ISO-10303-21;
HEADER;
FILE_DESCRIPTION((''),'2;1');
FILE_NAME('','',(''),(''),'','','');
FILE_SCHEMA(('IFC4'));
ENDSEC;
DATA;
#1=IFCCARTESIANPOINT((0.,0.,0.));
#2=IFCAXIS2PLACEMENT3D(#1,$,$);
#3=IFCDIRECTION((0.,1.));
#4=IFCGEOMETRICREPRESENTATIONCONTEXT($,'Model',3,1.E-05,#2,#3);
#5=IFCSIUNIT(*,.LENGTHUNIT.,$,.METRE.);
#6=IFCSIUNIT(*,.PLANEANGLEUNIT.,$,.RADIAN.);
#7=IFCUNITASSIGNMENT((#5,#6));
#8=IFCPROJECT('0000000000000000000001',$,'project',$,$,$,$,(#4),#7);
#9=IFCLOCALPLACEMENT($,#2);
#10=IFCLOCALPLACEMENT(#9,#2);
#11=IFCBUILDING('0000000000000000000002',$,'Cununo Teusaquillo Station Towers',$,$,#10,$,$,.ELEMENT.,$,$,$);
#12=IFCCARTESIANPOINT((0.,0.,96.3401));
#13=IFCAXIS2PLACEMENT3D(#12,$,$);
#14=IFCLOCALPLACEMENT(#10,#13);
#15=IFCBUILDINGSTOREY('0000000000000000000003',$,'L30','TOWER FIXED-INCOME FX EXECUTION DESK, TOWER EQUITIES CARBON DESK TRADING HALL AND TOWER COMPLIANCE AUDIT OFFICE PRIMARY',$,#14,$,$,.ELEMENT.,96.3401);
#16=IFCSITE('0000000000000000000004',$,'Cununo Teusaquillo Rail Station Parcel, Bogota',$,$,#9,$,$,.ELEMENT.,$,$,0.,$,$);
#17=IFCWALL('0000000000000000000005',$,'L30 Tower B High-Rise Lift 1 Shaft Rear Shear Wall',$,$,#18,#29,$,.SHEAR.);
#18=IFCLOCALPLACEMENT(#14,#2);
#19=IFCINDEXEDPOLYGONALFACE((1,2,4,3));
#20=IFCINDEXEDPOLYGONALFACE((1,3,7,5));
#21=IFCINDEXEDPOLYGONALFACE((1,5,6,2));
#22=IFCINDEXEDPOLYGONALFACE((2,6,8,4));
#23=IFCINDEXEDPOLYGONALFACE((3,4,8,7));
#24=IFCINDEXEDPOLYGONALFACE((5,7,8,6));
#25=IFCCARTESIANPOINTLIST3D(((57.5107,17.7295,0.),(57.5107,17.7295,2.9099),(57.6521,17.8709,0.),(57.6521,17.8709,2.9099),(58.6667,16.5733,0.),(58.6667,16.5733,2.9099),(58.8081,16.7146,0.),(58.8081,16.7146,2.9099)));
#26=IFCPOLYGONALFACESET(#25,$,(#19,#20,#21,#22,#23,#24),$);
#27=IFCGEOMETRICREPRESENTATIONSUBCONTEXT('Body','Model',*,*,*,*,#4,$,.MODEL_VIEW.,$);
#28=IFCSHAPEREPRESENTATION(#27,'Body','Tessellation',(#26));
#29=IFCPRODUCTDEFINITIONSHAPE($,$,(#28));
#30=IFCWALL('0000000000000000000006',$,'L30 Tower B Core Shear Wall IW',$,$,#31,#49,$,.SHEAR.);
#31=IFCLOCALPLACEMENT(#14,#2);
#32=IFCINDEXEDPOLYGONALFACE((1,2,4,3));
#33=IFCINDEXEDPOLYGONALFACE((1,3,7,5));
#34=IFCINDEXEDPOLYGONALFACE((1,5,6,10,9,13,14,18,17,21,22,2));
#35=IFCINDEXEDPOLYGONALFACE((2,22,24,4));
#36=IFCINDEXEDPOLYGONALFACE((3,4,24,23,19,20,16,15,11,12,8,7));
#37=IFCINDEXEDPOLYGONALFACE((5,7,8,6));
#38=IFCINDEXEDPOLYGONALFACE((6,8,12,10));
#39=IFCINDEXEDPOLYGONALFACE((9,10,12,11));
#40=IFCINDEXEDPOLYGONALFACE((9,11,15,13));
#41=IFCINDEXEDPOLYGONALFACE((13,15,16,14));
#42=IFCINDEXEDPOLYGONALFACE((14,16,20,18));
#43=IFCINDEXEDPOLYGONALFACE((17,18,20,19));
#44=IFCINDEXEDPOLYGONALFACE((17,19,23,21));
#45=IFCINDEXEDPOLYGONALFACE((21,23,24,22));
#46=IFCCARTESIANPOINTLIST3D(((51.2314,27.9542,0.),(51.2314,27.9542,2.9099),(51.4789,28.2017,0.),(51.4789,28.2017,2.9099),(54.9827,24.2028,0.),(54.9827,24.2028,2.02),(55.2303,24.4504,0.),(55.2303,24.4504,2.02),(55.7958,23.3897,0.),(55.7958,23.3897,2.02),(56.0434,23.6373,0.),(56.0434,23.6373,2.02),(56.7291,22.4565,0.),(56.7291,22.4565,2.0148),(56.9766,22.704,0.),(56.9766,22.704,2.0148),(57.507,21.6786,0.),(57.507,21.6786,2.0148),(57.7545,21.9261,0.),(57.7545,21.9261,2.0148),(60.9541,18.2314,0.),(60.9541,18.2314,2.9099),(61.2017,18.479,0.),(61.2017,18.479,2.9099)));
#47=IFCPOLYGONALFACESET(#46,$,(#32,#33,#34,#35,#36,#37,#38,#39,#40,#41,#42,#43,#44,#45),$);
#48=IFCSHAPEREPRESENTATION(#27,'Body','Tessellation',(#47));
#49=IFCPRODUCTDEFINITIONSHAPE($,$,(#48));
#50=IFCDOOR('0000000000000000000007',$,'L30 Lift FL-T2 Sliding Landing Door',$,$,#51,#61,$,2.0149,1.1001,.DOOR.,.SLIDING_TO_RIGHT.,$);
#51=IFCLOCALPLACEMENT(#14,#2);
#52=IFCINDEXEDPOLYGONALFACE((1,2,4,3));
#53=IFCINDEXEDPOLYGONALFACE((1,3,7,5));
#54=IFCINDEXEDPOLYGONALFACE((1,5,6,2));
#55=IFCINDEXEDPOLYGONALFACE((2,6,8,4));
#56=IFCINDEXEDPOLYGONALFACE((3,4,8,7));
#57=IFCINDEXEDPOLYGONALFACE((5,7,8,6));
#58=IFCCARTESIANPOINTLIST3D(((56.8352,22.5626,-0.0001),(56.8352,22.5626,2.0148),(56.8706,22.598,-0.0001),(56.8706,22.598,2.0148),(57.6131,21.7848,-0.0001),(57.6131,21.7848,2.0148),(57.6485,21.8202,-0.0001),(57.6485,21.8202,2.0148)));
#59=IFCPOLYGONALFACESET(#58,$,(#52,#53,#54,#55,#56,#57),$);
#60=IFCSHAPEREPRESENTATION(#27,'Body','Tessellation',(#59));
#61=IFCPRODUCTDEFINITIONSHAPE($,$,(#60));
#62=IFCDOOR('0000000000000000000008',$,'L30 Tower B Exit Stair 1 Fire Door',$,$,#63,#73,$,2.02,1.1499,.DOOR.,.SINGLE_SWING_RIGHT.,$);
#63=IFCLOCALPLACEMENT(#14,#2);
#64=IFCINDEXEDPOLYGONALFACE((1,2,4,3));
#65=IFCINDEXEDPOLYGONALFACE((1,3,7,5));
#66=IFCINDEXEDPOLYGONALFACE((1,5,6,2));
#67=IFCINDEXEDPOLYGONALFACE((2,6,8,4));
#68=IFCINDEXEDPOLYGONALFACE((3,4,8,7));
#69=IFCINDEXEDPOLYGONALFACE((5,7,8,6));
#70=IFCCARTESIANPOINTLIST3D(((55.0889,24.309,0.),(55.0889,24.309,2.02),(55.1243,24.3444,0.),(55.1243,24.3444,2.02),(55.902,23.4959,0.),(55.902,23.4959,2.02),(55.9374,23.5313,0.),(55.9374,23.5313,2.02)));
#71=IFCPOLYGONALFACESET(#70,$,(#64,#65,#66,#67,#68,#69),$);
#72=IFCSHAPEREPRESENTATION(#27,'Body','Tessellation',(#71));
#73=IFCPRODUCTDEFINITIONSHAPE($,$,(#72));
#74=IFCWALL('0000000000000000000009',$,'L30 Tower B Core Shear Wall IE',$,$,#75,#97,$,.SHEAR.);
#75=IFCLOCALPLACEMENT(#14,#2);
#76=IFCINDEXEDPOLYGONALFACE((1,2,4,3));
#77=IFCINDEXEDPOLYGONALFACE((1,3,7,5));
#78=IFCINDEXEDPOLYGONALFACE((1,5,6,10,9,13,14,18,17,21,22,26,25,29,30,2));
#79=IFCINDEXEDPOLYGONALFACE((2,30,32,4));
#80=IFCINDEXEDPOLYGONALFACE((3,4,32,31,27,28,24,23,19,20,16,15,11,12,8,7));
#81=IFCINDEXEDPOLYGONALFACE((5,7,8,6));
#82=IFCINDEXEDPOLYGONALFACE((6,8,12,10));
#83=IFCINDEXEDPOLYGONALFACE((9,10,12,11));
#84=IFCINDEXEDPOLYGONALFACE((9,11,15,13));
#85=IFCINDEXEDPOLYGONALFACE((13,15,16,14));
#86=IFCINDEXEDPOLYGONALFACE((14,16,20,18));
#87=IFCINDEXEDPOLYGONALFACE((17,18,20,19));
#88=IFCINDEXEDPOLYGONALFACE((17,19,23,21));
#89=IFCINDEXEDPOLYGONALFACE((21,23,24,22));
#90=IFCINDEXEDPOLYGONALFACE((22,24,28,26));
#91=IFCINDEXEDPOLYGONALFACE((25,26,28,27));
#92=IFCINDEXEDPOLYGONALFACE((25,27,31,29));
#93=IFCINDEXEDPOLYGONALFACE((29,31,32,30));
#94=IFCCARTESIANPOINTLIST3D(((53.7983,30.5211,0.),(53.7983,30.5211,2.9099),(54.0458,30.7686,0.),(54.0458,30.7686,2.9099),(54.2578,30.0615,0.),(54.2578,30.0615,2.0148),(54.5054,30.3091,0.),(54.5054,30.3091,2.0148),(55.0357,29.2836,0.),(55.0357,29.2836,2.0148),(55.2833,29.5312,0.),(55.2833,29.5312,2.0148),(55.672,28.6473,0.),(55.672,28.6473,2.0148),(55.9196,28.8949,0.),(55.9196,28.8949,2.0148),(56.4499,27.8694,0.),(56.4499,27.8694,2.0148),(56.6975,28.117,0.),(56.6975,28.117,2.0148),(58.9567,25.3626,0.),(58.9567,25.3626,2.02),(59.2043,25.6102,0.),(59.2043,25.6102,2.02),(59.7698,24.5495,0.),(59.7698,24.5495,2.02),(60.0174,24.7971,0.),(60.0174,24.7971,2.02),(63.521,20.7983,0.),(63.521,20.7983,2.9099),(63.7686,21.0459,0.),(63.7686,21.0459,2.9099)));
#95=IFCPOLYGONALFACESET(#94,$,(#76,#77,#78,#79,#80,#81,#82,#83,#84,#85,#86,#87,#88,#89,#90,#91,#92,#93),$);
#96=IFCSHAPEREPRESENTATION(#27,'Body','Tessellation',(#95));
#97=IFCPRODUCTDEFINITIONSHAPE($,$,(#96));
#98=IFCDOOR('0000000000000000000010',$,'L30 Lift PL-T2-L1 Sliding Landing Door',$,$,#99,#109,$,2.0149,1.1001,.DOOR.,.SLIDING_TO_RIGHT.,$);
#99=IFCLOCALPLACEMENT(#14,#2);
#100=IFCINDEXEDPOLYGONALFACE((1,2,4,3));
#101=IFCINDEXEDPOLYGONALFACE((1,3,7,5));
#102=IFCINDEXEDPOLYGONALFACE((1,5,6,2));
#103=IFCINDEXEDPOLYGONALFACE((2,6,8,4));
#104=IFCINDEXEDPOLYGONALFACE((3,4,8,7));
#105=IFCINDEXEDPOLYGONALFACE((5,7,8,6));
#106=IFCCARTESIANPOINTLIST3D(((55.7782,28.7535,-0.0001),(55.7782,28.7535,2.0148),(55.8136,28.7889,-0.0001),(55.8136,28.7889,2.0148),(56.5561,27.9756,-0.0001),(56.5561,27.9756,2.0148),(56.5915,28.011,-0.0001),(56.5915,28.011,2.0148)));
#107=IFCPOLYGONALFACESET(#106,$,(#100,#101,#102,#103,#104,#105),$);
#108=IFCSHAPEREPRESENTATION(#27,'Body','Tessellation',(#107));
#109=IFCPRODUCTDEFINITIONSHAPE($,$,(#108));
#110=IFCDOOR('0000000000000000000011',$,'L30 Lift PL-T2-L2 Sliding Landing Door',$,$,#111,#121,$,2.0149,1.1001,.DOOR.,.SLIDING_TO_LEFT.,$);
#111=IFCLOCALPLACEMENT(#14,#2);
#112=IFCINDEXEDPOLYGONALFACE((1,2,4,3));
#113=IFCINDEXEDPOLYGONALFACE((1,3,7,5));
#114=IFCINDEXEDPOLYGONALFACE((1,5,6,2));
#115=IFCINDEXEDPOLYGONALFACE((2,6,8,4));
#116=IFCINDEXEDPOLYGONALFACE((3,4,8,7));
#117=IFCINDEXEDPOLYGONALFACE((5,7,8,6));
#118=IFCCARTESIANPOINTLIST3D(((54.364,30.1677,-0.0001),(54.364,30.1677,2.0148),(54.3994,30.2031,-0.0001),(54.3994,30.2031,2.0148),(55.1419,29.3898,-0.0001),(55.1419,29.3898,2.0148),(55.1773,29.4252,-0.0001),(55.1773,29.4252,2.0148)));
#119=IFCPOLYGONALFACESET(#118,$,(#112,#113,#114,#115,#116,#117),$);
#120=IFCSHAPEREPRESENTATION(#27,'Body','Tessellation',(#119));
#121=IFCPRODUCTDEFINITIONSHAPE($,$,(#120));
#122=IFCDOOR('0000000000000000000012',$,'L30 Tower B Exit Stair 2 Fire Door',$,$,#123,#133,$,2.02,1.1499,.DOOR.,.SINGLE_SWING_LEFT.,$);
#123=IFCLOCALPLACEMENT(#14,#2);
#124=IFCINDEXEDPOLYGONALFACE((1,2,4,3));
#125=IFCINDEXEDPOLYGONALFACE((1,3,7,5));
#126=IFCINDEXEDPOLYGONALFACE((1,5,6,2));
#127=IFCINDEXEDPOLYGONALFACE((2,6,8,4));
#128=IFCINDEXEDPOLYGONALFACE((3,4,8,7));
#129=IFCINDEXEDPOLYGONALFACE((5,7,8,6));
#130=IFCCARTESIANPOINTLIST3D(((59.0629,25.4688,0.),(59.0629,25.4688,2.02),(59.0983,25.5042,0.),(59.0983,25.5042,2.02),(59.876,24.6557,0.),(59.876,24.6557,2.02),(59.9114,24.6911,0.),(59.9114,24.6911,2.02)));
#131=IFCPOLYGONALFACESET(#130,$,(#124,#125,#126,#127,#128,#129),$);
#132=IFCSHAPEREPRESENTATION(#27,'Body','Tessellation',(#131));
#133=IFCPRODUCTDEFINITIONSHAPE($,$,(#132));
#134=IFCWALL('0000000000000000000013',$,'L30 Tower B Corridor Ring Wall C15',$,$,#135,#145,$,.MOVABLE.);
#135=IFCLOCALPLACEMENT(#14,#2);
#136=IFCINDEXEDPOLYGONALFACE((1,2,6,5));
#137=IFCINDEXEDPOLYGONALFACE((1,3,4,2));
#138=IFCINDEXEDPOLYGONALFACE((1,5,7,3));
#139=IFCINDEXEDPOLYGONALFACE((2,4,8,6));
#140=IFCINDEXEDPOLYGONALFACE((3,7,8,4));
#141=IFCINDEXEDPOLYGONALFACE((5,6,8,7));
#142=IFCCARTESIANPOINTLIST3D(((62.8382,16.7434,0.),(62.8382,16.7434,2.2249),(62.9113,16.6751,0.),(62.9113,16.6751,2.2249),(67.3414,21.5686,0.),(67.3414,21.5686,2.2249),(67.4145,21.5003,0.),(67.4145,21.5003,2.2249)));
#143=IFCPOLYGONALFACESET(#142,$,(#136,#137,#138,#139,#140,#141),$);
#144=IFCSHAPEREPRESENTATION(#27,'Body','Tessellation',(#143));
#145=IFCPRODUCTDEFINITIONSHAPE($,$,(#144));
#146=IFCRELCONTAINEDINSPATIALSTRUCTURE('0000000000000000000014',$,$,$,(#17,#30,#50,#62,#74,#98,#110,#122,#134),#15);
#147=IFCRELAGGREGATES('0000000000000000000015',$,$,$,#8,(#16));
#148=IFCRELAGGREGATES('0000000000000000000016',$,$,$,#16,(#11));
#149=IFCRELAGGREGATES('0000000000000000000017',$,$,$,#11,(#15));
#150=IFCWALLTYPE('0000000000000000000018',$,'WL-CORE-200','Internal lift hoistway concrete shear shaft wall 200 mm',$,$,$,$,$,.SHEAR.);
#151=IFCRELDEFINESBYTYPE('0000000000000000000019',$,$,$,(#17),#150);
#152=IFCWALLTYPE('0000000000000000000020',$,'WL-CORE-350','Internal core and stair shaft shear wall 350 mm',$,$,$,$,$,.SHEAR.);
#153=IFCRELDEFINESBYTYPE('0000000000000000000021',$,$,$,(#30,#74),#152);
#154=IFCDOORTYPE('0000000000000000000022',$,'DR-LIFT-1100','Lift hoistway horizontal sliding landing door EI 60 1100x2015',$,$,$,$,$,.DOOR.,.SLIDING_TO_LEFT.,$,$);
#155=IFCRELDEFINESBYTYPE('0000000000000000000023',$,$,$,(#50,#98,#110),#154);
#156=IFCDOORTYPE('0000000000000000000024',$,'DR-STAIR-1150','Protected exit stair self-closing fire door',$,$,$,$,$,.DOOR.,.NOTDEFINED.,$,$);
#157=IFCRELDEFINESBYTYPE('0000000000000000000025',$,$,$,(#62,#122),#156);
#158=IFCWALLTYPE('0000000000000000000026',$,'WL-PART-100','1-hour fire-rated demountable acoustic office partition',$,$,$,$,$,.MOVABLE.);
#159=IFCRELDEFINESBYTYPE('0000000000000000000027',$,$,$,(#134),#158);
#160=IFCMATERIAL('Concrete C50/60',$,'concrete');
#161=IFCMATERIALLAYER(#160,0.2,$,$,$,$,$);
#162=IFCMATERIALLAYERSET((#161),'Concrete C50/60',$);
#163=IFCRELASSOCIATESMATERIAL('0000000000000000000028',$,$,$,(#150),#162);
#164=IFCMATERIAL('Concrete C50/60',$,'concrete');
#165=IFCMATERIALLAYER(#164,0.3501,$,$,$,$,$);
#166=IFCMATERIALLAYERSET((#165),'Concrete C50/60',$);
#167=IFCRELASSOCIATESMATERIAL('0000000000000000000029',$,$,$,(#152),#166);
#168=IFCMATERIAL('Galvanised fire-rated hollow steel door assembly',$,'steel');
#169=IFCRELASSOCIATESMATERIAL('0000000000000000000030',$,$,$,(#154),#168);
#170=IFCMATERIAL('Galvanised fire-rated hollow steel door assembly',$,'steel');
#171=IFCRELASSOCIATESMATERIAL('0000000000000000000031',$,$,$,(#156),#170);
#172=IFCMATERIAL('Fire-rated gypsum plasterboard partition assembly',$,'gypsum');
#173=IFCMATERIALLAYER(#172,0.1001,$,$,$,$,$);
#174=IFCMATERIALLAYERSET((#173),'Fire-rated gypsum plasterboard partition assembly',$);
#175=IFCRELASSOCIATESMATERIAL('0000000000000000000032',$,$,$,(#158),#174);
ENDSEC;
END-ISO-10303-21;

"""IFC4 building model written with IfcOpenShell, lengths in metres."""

from ifc_helpers import new_model, si_unit, direction, frame, frame_2d, origin, place, context, subcontext, project, spatial, rectangle, extrude, source, transform, mapped, material, layer, layer_set, type_object, element, fill, save


model = new_model("IFC4")

# Units and contexts
model_context = context("Model", 3, precision=1e-05, world=origin(), true_north=direction((0.0, 1.0)))
body_context = subcontext(model_context, "Body", "Model", "MODEL_VIEW")
ifc_project = project(units=[si_unit("LENGTHUNIT", "METRE"), si_unit("PLANEANGLEUNIT", "RADIAN")], contexts=[model_context])

# Site, building, storey
site_placement = place(None, origin())
site = spatial("IfcSite", under=ifc_project, at=site_placement, Name="Cununo Teusaquillo Rail Station Parcel, Bogota", CompositionType="ELEMENT", RefElevation=0.0)
building_placement = place(site_placement, origin())
building = spatial("IfcBuilding", under=site, at=building_placement, Name="Cununo Teusaquillo Station Towers", CompositionType="ELEMENT")
storey_placement = place(building_placement, frame((0.0, 0.0, 96.3401)))
storey = spatial("IfcBuildingStorey", under=building, at=storey_placement, Name="L30", Description="TOWER FIXED-INCOME FX EXECUTION DESK, TOWER EQUITIES CARBON DESK TRADING HALL AND TOWER COMPLIANCE AUDIT OFFICE PRIMARY", CompositionType="ELEMENT", Elevation=96.3401)

# Wall
ifc_material_1 = material(Name="Concrete C50/60", Category="concrete")
ifc_layer_1 = layer(ifc_material_1, 0.2)
ifc_layer_set_1 = layer_set([ifc_layer_1], Name="Concrete C50/60")
wall_type_1 = type_object("IfcWallType", Name="WL-CORE-200", Description="Internal lift hoistway concrete shear shaft wall 200 mm", PredefinedType="SHEAR", material=ifc_layer_set_1)
wall_1_placement = place(storey_placement, frame((58.7373, 16.644, 0.0), z_axis=(0.0, 0.0, 1.0), x_axis=(-0.707032, 0.707181, 0.0)))
element("IfcWall", 1, at=wall_1_placement, inside=storey, type_object=wall_type_1, Name="L30 Tower B High-Rise Lift 1 Shaft Rear Shear Wall", PredefinedType="SHEAR", context=body_context, shape_type="SweptSolid", body=[
    extrude(rectangle(XDim=1.635, YDim=0.2, at=frame_2d((0.8174, 0.0))), origin(), (0.0, 0.0, 1.0), 2.9099),
])

# Walls, openings, doors
ifc_material_2 = material(Name="Concrete C50/60", Category="concrete")
ifc_layer_2 = layer(ifc_material_2, 0.3501)
ifc_layer_set_2 = layer_set([ifc_layer_2], Name="Concrete C50/60")
wall_type_2 = type_object("IfcWallType", Name="WL-CORE-350", Description="Internal core and stair shaft shear wall 350 mm", PredefinedType="SHEAR", material=ifc_layer_set_2)
wall_2_placement = place(storey_placement, frame((61.0779, 18.3552, 0.0), z_axis=(0.0, 0.0, 1.0), x_axis=(-0.707107, 0.707107, 0.0)))
wall_2 = element("IfcWall", 2, at=wall_2_placement, inside=storey, type_object=wall_type_2, Name="L30 Tower B Core Shear Wall IW", PredefinedType="SHEAR", context=body_context, shape_type="SweptSolid", body=[
    extrude(rectangle(XDim=13.75, YDim=0.3501, at=frame_2d((6.875, 0.0))), origin(), (0.0, 0.0, 1.0), 2.9099),
])
shared_shape_1 = source(origin(), body_context, "Body", "SweptSolid", [
    extrude(rectangle(XDim=1.1001, YDim=2.0149, at=frame_2d((0.55, 1.0073))), frame((0.0, 0.1851, 0.0), z_axis=(0.0, -1.0, 0.0), x_axis=(1.0, 0.0, 0.0)), (0.0, 0.0, 1.0), 0.3701),
])
opening_1_placement = place(wall_2_placement, frame((4.875, 0.0, 0.0)))
opening_1 = element("IfcOpeningElement", 3, at=opening_1_placement, cuts=wall_2, PredefinedType="OPENING", context=body_context, shape_type="MappedRepresentation", body=[
    mapped(shared_shape_1, transform((0.0, 0.0, 0.0), x_axis=(1.0, 0.0, 0.0), y_axis=(0.0, 1.0, 0.0), z_axis=(0.0, 0.0, 1.0), scale=1.0)),
])
shared_shape_2 = source(origin(), body_context, "Body", "SweptSolid", [
    extrude(rectangle(XDim=1.1499, YDim=2.02, at=frame_2d((0.575, 1.01))), frame((0.0, 0.1851, 0.0), z_axis=(0.0, -1.0, 0.0), x_axis=(1.0, 0.0, 0.0)), (0.0, 0.0, 1.0), 0.3701),
])
opening_2_placement = place(wall_2_placement, frame((7.2949, 0.0, 0.0)))
opening_2 = element("IfcOpeningElement", 4, at=opening_2_placement, cuts=wall_2, PredefinedType="OPENING", context=body_context, shape_type="MappedRepresentation", body=[
    mapped(shared_shape_2, transform((0.0, 0.0, 0.0), x_axis=(1.0, 0.0, 0.0), y_axis=(0.0, 1.0, 0.0), z_axis=(0.0, 0.0, 1.0), scale=1.0)),
])
ifc_material_3 = material(Name="Galvanised fire-rated hollow steel door assembly", Category="steel")
door_type_1 = type_object("IfcDoorType", Name="DR-LIFT-1100", Description="Lift hoistway horizontal sliding landing door EI 60 1100x2015", OperationType="SLIDING_TO_LEFT", PredefinedType="DOOR", material=ifc_material_3)
shared_shape_3 = source(origin(), body_context, "Body", "SweptSolid", [
    extrude(rectangle(XDim=1.1001, YDim=2.0149, at=frame_2d((0.55, 1.0073))), frame((0.0, 0.0249, 0.0), z_axis=(0.0, -1.0, 0.0), x_axis=(1.0, 0.0, 0.0)), (0.0, 0.0, 1.0), 0.05),
])
door_1_placement = place(opening_1_placement, origin())
door_1 = element("IfcDoor", 5, at=door_1_placement, inside=storey, type_object=door_type_1, Name="L30 Lift FL-T2 Sliding Landing Door", OperationType="SLIDING_TO_RIGHT", OverallHeight=2.0149, OverallWidth=1.1001, PredefinedType="DOOR", context=body_context, shape_type="MappedRepresentation", body=[
    mapped(shared_shape_3, transform((0.0, 0.0, 0.0), x_axis=(1.0, 0.0, 0.0), y_axis=(0.0, 1.0, 0.0), z_axis=(0.0, 0.0, 1.0), scale=1.0)),
])
fill(opening_1, door_1)
ifc_material_4 = material(Name="Galvanised fire-rated hollow steel door assembly", Category="steel")
door_type_2 = type_object("IfcDoorType", Name="DR-STAIR-1150", Description="Protected exit stair self-closing fire door", OperationType="NOTDEFINED", PredefinedType="DOOR", material=ifc_material_4)
shared_shape_4 = source(origin(), body_context, "Body", "SweptSolid", [
    extrude(rectangle(XDim=1.1499, YDim=2.02, at=frame_2d((0.575, 1.01))), frame((0.0, 0.0249, 0.0), z_axis=(0.0, -1.0, 0.0), x_axis=(1.0, 0.0, 0.0)), (0.0, 0.0, 1.0), 0.05),
])
door_2_placement = place(opening_2_placement, origin())
door_2 = element("IfcDoor", 6, at=door_2_placement, inside=storey, type_object=door_type_2, Name="L30 Tower B Exit Stair 1 Fire Door", OperationType="SINGLE_SWING_RIGHT", OverallHeight=2.02, OverallWidth=1.1499, PredefinedType="DOOR", context=body_context, shape_type="MappedRepresentation", body=[
    mapped(shared_shape_4, transform((0.0, 0.0, 0.0), x_axis=(1.0, 0.0, 0.0), y_axis=(0.0, 1.0, 0.0), z_axis=(0.0, 0.0, 1.0), scale=1.0)),
])
fill(opening_2, door_2)
wall_3_placement = place(storey_placement, frame((63.6448, 20.9221, 0.0), z_axis=(0.0, 0.0, 1.0), x_axis=(-0.707107, 0.707107, 0.0)))
wall_3 = element("IfcWall", 7, at=wall_3_placement, inside=storey, type_object=wall_type_2, Name="L30 Tower B Core Shear Wall IE", PredefinedType="SHEAR", context=body_context, shape_type="SweptSolid", body=[
    extrude(rectangle(XDim=13.75, YDim=0.3501, at=frame_2d((6.875, 0.0))), origin(), (0.0, 0.0, 1.0), 2.9099),
])
opening_3_placement = place(wall_3_placement, frame((10.0, 0.0, 0.0)))
opening_3 = element("IfcOpeningElement", 8, at=opening_3_placement, cuts=wall_3, PredefinedType="OPENING", context=body_context, shape_type="MappedRepresentation", body=[
    mapped(shared_shape_1, transform((0.0, 0.0, 0.0), x_axis=(1.0, 0.0, 0.0), y_axis=(0.0, 1.0, 0.0), z_axis=(0.0, 0.0, 1.0), scale=1.0)),
])
opening_4_placement = place(wall_3_placement, frame((12.0, 0.0, 0.0)))
opening_4 = element("IfcOpeningElement", 9, at=opening_4_placement, cuts=wall_3, PredefinedType="OPENING", context=body_context, shape_type="MappedRepresentation", body=[
    mapped(shared_shape_1, transform((0.0, 0.0, 0.0), x_axis=(1.0, 0.0, 0.0), y_axis=(0.0, 1.0, 0.0), z_axis=(0.0, 0.0, 1.0), scale=1.0)),
])
opening_5_placement = place(wall_3_placement, frame((5.3049, 0.0, 0.0)))
opening_5 = element("IfcOpeningElement", 10, at=opening_5_placement, cuts=wall_3, PredefinedType="OPENING", context=body_context, shape_type="MappedRepresentation", body=[
    mapped(shared_shape_2, transform((0.0, 0.0, 0.0), x_axis=(1.0, 0.0, 0.0), y_axis=(0.0, 1.0, 0.0), z_axis=(0.0, 0.0, 1.0), scale=1.0)),
])
door_3_placement = place(opening_3_placement, origin())
door_3 = element("IfcDoor", 11, at=door_3_placement, inside=storey, type_object=door_type_1, Name="L30 Lift PL-T2-L1 Sliding Landing Door", OperationType="SLIDING_TO_RIGHT", OverallHeight=2.0149, OverallWidth=1.1001, PredefinedType="DOOR", context=body_context, shape_type="MappedRepresentation", body=[
    mapped(shared_shape_3, transform((0.0, 0.0, 0.0), x_axis=(1.0, 0.0, 0.0), y_axis=(0.0, 1.0, 0.0), z_axis=(0.0, 0.0, 1.0), scale=1.0)),
])
fill(opening_3, door_3)
door_4_placement = place(opening_4_placement, origin())
door_4 = element("IfcDoor", 12, at=door_4_placement, inside=storey, type_object=door_type_1, Name="L30 Lift PL-T2-L2 Sliding Landing Door", OperationType="SLIDING_TO_LEFT", OverallHeight=2.0149, OverallWidth=1.1001, PredefinedType="DOOR", context=body_context, shape_type="MappedRepresentation", body=[
    mapped(shared_shape_3, transform((0.0, 0.0, 0.0), x_axis=(1.0, 0.0, 0.0), y_axis=(0.0, 1.0, 0.0), z_axis=(0.0, 0.0, 1.0), scale=1.0)),
])
fill(opening_4, door_4)
door_5_placement = place(opening_5_placement, origin())
door_5 = element("IfcDoor", 13, at=door_5_placement, inside=storey, type_object=door_type_2, Name="L30 Tower B Exit Stair 2 Fire Door", OperationType="SINGLE_SWING_LEFT", OverallHeight=2.02, OverallWidth=1.1499, PredefinedType="DOOR", context=body_context, shape_type="MappedRepresentation", body=[
    mapped(shared_shape_4, transform((0.0, 0.0, 0.0), x_axis=(1.0, 0.0, 0.0), y_axis=(0.0, 1.0, 0.0), z_axis=(0.0, 0.0, 1.0), scale=1.0)),
])
fill(opening_5, door_5)

# Wall
ifc_material_5 = material(Name="Fire-rated gypsum plasterboard partition assembly", Category="gypsum")
ifc_layer_3 = layer(ifc_material_5, 0.1001)
ifc_layer_set_3 = layer_set([ifc_layer_3], Name="Fire-rated gypsum plasterboard partition assembly")
wall_type_3 = type_object("IfcWallType", Name="WL-PART-100", Description="1-hour fire-rated demountable acoustic office partition", PredefinedType="MOVABLE", material=ifc_layer_set_3)
wall_4_placement = place(storey_placement, frame((62.8748, 16.7092, 0.0), z_axis=(0.0, 0.0, 1.0), x_axis=(0.682291, 0.731081, 0.0)))
element("IfcWall", 14, at=wall_4_placement, inside=storey, type_object=wall_type_3, Name="L30 Tower B Corridor Ring Wall C15", PredefinedType="MOVABLE", context=body_context, shape_type="SweptSolid", body=[
    extrude(rectangle(XDim=6.6001, YDim=0.1001, at=frame_2d((3.3, 0.0))), origin(), (0.0, 0.0, 1.0), 2.2249),
])

save(model, "model.ifc")
